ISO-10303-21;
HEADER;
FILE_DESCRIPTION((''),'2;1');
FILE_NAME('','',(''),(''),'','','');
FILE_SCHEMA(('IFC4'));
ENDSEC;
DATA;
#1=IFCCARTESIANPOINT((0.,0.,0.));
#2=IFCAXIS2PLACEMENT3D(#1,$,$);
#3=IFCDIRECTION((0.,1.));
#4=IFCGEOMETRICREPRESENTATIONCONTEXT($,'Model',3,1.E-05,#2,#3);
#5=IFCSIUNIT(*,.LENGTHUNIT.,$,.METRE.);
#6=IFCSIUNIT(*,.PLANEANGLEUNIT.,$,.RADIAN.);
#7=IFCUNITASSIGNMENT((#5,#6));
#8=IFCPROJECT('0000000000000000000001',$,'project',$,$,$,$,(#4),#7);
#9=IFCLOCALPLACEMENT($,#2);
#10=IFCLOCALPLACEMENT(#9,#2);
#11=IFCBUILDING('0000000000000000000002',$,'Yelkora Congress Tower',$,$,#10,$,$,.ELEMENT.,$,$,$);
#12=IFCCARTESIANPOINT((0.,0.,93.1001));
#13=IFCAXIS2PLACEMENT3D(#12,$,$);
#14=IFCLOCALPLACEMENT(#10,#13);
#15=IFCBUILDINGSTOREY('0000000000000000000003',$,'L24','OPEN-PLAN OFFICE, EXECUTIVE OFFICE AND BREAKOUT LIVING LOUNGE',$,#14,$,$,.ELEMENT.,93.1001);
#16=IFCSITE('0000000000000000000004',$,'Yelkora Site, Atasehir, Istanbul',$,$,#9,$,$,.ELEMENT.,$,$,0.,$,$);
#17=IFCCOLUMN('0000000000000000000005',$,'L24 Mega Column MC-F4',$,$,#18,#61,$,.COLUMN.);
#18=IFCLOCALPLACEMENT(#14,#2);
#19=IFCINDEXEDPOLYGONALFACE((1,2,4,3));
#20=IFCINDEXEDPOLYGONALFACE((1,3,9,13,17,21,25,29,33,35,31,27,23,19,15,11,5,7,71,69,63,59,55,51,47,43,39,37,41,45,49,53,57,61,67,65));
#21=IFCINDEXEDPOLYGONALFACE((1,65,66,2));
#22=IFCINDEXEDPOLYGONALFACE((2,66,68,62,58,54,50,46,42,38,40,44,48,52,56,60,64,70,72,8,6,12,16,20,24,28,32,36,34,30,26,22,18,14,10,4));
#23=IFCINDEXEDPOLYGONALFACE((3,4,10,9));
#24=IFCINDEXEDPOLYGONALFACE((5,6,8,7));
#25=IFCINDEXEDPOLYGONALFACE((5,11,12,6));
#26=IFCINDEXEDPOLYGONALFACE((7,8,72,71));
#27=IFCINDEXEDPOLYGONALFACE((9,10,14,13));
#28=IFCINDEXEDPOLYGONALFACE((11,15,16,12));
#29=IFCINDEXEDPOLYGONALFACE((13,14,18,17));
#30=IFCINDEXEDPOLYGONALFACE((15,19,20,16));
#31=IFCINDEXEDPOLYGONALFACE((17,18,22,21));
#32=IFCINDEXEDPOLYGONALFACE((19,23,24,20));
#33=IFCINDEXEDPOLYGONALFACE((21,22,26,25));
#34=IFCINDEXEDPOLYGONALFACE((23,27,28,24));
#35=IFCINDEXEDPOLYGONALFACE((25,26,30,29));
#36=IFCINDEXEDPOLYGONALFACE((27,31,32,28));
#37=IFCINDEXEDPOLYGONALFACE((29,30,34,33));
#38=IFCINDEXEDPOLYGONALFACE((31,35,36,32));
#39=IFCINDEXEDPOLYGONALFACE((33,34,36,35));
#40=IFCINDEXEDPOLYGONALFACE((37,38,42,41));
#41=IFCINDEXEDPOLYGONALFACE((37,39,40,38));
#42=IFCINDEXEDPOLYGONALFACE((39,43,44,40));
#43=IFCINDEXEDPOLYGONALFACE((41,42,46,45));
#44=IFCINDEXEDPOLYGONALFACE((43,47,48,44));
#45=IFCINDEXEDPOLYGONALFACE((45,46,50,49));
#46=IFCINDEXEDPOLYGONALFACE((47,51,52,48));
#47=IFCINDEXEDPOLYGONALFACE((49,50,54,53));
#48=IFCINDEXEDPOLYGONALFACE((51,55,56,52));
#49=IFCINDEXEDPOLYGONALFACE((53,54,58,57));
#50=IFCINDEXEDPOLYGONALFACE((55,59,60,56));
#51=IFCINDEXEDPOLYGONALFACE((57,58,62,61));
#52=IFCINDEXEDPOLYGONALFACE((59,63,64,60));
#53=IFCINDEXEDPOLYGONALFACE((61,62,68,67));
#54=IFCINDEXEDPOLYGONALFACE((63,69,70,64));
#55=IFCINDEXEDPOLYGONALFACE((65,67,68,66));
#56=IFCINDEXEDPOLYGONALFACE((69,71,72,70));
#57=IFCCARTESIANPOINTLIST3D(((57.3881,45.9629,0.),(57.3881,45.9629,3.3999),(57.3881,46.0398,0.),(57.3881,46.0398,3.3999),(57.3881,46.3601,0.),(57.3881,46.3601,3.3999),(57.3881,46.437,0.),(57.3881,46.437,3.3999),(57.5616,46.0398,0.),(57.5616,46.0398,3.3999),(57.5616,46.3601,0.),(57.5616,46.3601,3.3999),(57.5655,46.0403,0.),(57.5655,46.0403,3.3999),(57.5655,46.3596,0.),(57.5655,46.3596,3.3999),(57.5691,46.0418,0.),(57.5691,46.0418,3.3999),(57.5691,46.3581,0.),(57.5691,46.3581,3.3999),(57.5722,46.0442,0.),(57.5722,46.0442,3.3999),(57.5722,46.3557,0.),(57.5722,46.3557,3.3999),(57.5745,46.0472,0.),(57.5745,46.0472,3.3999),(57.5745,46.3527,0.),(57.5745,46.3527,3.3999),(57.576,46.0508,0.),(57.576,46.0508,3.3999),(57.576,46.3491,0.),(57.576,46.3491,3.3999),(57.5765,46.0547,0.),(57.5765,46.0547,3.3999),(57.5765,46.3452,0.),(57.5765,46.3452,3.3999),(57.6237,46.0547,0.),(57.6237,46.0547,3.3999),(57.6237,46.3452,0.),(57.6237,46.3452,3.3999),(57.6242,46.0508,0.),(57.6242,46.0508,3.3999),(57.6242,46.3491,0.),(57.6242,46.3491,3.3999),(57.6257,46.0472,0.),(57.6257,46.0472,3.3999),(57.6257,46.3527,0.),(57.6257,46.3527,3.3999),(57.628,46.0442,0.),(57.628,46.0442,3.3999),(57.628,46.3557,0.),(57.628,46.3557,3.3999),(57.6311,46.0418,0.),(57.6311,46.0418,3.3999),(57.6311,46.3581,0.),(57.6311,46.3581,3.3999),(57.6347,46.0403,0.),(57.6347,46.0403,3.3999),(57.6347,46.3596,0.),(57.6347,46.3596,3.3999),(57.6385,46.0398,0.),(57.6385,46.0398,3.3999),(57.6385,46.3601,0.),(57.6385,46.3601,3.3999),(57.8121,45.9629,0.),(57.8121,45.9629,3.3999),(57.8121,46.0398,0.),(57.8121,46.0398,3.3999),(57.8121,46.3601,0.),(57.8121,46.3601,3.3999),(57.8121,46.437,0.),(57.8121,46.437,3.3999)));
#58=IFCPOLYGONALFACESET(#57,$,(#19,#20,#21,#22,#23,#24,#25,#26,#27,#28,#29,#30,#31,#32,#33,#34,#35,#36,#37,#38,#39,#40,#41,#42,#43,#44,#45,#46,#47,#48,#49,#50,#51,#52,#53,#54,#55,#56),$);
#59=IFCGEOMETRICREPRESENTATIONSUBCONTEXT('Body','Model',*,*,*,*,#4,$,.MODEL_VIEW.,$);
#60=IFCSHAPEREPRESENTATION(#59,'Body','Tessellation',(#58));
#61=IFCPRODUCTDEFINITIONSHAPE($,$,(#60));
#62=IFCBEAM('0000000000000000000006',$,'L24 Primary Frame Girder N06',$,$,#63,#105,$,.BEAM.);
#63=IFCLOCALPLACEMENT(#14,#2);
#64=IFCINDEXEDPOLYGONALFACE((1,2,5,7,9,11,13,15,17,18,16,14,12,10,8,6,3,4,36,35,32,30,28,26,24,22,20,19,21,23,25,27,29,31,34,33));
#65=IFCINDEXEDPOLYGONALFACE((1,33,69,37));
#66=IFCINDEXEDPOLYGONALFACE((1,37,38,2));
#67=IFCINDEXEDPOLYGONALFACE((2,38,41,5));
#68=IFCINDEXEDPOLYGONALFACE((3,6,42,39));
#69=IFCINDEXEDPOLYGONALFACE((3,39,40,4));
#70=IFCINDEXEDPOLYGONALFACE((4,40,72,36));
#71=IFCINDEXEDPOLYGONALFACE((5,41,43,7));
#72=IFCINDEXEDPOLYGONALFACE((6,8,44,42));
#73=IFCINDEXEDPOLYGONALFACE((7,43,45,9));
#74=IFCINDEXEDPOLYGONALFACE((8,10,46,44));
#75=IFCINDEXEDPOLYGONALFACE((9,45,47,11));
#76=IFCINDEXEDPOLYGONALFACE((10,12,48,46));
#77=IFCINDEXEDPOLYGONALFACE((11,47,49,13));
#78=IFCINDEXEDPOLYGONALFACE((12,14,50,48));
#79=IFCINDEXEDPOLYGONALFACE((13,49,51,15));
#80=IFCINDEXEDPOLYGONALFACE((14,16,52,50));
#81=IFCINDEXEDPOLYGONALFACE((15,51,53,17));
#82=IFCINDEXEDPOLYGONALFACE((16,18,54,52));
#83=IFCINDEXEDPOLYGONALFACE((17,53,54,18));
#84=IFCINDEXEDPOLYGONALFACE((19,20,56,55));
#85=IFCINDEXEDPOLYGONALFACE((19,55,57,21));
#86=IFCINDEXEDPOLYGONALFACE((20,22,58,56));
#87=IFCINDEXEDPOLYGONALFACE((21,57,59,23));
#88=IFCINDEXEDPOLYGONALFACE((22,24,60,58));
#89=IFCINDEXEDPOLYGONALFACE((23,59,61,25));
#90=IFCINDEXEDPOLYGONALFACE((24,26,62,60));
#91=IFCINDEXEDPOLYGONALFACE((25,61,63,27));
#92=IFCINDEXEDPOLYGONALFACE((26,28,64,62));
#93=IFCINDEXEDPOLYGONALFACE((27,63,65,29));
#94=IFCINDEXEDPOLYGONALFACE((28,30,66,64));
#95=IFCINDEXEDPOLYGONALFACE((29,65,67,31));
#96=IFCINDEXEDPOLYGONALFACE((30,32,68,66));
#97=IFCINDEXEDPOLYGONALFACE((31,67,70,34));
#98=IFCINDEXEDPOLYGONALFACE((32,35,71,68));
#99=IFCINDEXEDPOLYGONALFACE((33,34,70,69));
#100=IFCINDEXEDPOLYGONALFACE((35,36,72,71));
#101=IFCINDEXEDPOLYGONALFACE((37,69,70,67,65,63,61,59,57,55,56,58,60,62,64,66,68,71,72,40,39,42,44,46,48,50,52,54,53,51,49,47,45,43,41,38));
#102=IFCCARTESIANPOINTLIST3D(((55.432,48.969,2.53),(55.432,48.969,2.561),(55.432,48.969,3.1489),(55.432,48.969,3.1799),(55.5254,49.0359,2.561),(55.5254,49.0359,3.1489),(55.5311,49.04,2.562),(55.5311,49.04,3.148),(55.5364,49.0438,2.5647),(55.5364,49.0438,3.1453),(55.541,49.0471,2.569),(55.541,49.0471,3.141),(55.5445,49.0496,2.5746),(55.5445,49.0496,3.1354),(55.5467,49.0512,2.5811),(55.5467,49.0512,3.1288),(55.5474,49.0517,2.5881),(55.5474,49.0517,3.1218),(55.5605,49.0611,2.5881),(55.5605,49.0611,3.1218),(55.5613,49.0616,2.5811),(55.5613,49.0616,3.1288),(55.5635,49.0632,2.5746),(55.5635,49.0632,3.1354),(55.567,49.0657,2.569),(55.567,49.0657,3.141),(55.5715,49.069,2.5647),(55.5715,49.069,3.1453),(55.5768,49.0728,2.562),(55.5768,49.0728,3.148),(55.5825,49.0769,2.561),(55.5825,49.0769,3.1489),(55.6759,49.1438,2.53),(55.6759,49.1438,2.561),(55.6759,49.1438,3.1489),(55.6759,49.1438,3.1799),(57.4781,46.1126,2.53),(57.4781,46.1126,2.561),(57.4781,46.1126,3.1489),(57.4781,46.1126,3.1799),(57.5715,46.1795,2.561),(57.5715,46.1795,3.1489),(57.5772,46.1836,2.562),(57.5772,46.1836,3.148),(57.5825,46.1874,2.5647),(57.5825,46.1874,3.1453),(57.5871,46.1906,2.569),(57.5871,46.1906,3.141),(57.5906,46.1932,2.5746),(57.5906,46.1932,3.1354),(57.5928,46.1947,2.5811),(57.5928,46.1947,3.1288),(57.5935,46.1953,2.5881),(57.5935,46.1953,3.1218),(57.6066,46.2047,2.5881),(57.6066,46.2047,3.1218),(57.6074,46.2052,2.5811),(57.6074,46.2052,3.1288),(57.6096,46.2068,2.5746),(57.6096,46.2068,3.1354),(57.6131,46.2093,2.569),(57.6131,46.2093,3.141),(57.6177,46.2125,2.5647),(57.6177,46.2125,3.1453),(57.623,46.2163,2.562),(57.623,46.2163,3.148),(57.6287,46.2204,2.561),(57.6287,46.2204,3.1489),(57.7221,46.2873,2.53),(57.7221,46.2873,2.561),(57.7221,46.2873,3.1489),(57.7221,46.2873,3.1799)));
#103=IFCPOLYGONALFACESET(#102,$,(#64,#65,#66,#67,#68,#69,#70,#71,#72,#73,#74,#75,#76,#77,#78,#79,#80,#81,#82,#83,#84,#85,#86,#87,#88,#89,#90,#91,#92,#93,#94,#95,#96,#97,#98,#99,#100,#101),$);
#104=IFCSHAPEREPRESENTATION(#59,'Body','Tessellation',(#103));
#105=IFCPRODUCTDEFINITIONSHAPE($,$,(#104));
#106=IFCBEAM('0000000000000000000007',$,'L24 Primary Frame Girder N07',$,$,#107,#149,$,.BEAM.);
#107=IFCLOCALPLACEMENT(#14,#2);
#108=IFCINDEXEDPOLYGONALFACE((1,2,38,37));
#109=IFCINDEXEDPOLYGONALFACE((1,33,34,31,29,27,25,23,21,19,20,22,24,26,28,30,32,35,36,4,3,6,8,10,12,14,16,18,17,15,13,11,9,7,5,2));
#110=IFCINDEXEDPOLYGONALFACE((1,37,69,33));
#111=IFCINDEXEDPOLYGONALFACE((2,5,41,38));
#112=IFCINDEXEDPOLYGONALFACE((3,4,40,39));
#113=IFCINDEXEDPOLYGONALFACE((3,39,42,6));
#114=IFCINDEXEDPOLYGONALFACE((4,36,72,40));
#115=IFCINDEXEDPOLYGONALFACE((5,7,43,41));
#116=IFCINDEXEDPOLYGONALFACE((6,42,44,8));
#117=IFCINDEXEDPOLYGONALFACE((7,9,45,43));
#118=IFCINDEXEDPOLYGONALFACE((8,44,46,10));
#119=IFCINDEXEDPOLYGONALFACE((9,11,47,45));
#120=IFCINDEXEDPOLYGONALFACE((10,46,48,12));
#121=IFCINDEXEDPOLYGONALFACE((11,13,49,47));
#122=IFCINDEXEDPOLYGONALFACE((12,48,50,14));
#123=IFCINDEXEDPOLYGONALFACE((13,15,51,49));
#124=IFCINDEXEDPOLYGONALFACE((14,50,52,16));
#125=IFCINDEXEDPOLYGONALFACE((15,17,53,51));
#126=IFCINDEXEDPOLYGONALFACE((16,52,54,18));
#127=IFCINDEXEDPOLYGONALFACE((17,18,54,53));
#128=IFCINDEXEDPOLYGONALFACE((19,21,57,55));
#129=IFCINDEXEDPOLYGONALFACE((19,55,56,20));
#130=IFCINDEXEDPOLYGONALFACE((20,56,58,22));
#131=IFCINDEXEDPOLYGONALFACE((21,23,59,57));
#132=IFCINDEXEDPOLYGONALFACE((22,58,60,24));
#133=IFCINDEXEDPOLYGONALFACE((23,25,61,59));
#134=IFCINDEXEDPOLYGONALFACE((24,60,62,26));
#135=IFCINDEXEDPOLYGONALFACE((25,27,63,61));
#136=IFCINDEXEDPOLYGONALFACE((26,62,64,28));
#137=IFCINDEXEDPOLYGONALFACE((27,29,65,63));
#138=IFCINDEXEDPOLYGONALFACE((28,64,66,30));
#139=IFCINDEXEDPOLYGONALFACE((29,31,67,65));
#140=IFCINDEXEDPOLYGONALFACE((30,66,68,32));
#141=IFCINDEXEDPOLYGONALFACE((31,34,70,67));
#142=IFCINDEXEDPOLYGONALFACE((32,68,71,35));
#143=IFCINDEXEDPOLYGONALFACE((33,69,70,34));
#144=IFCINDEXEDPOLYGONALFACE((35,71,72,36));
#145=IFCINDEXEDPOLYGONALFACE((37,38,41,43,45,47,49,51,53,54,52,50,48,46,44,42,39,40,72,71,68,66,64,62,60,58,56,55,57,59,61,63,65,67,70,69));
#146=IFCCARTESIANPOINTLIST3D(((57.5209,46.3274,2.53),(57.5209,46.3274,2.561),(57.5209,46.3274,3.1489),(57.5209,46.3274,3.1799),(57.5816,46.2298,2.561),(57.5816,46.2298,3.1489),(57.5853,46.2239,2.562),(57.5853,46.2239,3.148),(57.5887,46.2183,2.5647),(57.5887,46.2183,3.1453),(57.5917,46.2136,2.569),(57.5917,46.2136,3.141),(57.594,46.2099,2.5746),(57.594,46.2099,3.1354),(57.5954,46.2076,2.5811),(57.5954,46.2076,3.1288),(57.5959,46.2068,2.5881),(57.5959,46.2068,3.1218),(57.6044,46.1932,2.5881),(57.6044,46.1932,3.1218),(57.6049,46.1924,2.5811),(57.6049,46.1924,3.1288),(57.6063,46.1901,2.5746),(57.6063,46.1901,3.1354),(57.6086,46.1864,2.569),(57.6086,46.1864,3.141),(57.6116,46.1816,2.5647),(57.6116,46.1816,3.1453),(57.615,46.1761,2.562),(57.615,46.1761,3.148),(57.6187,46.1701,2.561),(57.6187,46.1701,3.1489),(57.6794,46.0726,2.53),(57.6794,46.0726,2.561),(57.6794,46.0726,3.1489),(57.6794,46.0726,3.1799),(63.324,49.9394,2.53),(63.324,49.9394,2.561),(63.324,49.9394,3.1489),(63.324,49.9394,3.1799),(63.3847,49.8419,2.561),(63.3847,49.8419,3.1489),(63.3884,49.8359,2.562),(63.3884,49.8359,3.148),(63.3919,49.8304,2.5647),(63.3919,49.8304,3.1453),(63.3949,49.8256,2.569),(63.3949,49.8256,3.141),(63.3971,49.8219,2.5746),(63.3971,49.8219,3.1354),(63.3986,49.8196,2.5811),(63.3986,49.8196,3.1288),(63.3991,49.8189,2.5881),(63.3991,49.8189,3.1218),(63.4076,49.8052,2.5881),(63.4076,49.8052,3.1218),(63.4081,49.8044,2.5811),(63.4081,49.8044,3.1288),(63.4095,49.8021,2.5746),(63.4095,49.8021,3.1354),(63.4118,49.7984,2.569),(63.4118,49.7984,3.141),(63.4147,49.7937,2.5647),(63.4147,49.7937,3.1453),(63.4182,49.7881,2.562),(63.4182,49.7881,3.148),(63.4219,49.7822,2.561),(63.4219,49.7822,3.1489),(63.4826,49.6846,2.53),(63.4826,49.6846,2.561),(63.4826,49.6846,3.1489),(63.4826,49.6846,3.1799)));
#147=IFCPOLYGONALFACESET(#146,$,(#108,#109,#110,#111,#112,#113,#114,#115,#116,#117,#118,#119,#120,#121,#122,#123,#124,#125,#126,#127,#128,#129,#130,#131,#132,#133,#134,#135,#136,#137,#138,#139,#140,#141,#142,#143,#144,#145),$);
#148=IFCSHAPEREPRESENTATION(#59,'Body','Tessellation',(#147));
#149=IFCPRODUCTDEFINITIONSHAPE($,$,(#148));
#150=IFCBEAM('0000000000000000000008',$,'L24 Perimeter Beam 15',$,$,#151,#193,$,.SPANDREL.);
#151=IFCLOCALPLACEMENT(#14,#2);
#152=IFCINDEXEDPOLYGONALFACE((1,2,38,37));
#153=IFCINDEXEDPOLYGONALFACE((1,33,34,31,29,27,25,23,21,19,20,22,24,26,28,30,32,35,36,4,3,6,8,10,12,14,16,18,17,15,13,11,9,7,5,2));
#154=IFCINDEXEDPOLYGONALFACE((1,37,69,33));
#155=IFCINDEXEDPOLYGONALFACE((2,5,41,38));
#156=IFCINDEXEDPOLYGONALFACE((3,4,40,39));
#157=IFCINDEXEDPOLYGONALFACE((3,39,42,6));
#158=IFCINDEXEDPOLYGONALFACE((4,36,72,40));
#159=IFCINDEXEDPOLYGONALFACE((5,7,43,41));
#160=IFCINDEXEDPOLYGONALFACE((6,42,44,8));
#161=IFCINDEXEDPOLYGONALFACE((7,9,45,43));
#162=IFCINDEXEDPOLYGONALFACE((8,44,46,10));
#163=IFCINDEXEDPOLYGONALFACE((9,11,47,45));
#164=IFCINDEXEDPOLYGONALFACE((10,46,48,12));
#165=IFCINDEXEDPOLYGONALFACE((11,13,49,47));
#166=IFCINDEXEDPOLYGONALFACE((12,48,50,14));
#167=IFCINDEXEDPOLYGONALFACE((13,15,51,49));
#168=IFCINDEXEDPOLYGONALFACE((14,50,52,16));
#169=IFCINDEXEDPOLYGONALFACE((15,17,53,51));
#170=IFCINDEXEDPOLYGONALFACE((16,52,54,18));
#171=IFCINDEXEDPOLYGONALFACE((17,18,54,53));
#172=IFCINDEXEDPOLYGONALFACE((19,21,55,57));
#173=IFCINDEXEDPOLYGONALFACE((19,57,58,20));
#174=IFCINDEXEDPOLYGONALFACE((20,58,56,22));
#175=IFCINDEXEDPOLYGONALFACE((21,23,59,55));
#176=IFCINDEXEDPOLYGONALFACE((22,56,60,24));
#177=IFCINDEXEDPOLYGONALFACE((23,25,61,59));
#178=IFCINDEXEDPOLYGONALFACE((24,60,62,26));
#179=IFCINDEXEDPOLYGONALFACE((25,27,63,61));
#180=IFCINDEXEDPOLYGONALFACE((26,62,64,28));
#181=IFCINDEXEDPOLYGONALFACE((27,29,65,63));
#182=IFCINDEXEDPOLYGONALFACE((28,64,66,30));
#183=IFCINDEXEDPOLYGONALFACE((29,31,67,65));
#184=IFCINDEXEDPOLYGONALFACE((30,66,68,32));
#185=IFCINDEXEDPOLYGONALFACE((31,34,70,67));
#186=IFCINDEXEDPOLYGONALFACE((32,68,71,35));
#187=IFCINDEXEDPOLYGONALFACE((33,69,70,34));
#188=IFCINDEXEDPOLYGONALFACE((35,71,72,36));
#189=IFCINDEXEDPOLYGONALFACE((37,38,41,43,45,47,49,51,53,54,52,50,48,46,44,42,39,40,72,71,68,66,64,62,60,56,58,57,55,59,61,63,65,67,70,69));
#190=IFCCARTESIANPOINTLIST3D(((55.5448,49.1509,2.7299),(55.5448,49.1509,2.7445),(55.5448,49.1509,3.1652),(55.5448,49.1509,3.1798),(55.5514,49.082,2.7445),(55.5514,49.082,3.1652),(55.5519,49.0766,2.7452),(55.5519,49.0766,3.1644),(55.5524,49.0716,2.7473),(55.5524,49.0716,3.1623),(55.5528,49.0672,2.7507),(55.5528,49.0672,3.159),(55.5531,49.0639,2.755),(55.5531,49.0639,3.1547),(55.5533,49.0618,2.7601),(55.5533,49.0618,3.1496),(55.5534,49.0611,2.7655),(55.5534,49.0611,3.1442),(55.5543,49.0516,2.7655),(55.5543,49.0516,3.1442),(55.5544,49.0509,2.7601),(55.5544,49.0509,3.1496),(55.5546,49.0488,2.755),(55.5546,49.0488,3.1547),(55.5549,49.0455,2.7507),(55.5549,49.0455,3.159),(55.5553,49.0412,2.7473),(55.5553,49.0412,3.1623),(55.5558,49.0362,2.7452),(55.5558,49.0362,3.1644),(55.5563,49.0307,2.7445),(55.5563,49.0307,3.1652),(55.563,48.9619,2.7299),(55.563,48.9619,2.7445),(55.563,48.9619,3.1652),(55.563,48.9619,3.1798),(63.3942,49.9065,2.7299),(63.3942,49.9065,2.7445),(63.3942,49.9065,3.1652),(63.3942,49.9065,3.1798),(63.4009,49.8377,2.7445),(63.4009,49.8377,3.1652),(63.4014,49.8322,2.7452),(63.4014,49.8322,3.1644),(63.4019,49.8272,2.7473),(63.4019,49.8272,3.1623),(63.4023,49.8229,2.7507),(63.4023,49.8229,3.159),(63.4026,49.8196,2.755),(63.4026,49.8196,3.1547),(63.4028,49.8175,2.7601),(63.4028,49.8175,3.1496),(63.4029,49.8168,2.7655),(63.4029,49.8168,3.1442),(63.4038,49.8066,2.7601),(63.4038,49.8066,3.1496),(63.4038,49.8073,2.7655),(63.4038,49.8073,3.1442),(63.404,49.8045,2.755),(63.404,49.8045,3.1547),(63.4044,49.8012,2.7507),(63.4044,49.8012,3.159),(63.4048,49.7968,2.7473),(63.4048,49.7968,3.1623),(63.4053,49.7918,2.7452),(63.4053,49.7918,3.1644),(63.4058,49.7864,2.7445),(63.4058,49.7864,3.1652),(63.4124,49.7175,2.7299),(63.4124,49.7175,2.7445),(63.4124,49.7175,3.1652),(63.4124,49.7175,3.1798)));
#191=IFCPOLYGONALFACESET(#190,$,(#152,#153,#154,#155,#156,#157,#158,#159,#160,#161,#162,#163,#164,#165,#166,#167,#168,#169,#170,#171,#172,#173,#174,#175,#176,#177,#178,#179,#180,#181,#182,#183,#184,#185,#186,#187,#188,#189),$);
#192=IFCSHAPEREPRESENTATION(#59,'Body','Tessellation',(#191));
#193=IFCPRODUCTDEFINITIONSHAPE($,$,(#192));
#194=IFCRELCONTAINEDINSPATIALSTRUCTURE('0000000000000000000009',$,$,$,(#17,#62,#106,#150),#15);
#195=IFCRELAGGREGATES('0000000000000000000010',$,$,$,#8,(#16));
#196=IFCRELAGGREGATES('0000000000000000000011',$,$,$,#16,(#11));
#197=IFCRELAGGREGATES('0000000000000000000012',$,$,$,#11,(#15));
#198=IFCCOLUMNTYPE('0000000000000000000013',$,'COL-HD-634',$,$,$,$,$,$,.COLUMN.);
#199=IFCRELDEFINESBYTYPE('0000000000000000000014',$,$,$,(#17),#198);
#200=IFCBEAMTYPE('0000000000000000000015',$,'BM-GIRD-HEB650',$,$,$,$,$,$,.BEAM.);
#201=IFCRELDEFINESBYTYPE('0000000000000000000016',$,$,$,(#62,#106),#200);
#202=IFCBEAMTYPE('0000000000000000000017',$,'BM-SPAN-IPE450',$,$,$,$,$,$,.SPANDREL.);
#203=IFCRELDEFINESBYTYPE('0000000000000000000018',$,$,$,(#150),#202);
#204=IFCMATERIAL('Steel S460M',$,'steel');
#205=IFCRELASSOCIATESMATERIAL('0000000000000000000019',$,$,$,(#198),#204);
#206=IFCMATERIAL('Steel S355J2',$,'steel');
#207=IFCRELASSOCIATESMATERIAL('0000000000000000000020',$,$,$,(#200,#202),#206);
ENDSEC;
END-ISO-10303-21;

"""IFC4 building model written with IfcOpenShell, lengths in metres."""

from ifc_helpers import new_model, si_unit, direction, frame, origin, origin_2d, place, context, subcontext, project, spatial, i_section, extrude, material, material_profile, profile_set, type_object, element, save


model = new_model("IFC4")

# Units and contexts
model_context = context("Model", 3, precision=1e-05, world=origin(), true_north=direction((0.0, 1.0)))
body_context = subcontext(model_context, "Body", "Model", "MODEL_VIEW")
ifc_project = project(units=[si_unit("LENGTHUNIT", "METRE"), si_unit("PLANEANGLEUNIT", "RADIAN")], contexts=[model_context])

# Site, building, storey
site_placement = place(None, origin())
site = spatial("IfcSite", under=ifc_project, at=site_placement, Name="Yelkora Site, Atasehir, Istanbul", CompositionType="ELEMENT", RefElevation=0.0)
building_placement = place(site_placement, origin())
building = spatial("IfcBuilding", under=site, at=building_placement, Name="Yelkora Congress Tower", CompositionType="ELEMENT")
storey_placement = place(building_placement, frame((0.0, 0.0, 93.1001)))
storey = spatial("IfcBuildingStorey", under=building, at=storey_placement, Name="L24", Description="OPEN-PLAN OFFICE, EXECUTIVE OFFICE AND BREAKOUT LIVING LOUNGE", CompositionType="ELEMENT", Elevation=93.1001)

# Column
ifc_material_1 = material(Name="Steel S460M", Category="steel")
ifc_material_profile_1 = material_profile(ifc_material_1, i_section(OverallWidth=0.4241, OverallDepth=0.4741, WebThickness=0.0471, FlangeThickness=0.0769, FilletRadius=0.0149, at=origin_2d()), Name="HD 400x634")
ifc_profile_set_1 = profile_set([ifc_material_profile_1], Name="Steel S460M")
column_type_1 = type_object("IfcColumnType", Name="COL-HD-634", PredefinedType="COLUMN", material=ifc_profile_set_1)
for number, where, z_axis, x_axis, name in (
    (1, (57.6001, 46.2, 0.0), (0.0, 0.0, 1.0), (1.0, 0.0, 0.0), "L24 Mega Column MC-F4"),
):
    element("IfcColumn", number, at=place(storey_placement, frame(where, z_axis=z_axis, x_axis=x_axis)), inside=storey, type_object=column_type_1, Name=name, PredefinedType="COLUMN", context=body_context, shape_type="SweptSolid", body=[
        extrude(i_section(OverallWidth=0.4241, OverallDepth=0.4741, WebThickness=0.0471, FlangeThickness=0.0769, FilletRadius=0.0149, at=origin_2d()), origin(), (0.0, 0.0, 1.0), 3.3999),
    ])

# Beams
ifc_material_2 = material(Name="Steel S355J2", Category="steel")
ifc_material_profile_2 = material_profile(ifc_material_2, i_section(OverallWidth=0.3, OverallDepth=0.6499, WebThickness=0.0161, FlangeThickness=0.031, FilletRadius=0.0271, at=origin_2d()), Name="HEB 650")
ifc_profile_set_2 = profile_set([ifc_material_profile_2], Name="Steel S355J2")
beam_type_1 = type_object("IfcBeamType", Name="BM-GIRD-HEB650", PredefinedType="BEAM", material=ifc_profile_set_2)
beam_1_placement = place(storey_placement, frame((55.554, 49.0564, 2.855), z_axis=(0.582335, -0.812949, 0.0), x_axis=(0.812949, 0.582335, 0.0)))
element("IfcBeam", 2, at=beam_1_placement, inside=storey, type_object=beam_type_1, Name="L24 Primary Frame Girder N06", PredefinedType="BEAM", context=body_context, shape_type="SweptSolid", body=[
    extrude(i_section(OverallWidth=0.3, OverallDepth=0.6499, WebThickness=0.0161, FlangeThickness=0.031, FilletRadius=0.0271, at=origin_2d()), origin(), (0.0, 0.0, 1.0), 3.5137),
])
beam_2_placement = place(storey_placement, frame((63.4033, 49.812, 2.855), z_axis=(-0.84898, -0.528425, 0.0), x_axis=(0.528425, -0.84898, 0.0)))
element("IfcBeam", 3, at=beam_2_placement, inside=storey, type_object=beam_type_1, Name="L24 Primary Frame Girder N07", PredefinedType="BEAM", context=body_context, shape_type="SweptSolid", body=[
    extrude(i_section(OverallWidth=0.3, OverallDepth=0.6499, WebThickness=0.0161, FlangeThickness=0.031, FilletRadius=0.0271, at=origin_2d()), origin(), (0.0, 0.0, 1.0), 6.8354),
])
ifc_material_profile_3 = material_profile(ifc_material_2, i_section(OverallWidth=0.1899, OverallDepth=0.45, WebThickness=0.0095, FlangeThickness=0.0146, FilletRadius=0.021, at=origin_2d()), Name="IPE 450")
ifc_profile_set_3 = profile_set([ifc_material_profile_3], Name="Steel S355J2")
beam_type_2 = type_object("IfcBeamType", Name="BM-SPAN-IPE450", PredefinedType="SPANDREL", material=ifc_profile_set_3)
for number, where, z_axis, x_axis, name in (
    (4, (63.4033, 49.812, 2.9548), (-0.995399, -0.095822, 0.0), (0.095822, -0.995399, 0.0), "L24 Perimeter Beam 15"),
):
    element("IfcBeam", number, at=place(storey_placement, frame(where, z_axis=z_axis, x_axis=x_axis)), inside=storey, type_object=beam_type_2, Name=name, PredefinedType="SPANDREL", context=body_context, shape_type="SweptSolid", body=[
        extrude(i_section(OverallWidth=0.1899, OverallDepth=0.45, WebThickness=0.0095, FlangeThickness=0.0146, FilletRadius=0.021, at=origin_2d()), origin(), (0.0, 0.0, 1.0), 7.8857),
    ])

save(model, "model.ifc")
